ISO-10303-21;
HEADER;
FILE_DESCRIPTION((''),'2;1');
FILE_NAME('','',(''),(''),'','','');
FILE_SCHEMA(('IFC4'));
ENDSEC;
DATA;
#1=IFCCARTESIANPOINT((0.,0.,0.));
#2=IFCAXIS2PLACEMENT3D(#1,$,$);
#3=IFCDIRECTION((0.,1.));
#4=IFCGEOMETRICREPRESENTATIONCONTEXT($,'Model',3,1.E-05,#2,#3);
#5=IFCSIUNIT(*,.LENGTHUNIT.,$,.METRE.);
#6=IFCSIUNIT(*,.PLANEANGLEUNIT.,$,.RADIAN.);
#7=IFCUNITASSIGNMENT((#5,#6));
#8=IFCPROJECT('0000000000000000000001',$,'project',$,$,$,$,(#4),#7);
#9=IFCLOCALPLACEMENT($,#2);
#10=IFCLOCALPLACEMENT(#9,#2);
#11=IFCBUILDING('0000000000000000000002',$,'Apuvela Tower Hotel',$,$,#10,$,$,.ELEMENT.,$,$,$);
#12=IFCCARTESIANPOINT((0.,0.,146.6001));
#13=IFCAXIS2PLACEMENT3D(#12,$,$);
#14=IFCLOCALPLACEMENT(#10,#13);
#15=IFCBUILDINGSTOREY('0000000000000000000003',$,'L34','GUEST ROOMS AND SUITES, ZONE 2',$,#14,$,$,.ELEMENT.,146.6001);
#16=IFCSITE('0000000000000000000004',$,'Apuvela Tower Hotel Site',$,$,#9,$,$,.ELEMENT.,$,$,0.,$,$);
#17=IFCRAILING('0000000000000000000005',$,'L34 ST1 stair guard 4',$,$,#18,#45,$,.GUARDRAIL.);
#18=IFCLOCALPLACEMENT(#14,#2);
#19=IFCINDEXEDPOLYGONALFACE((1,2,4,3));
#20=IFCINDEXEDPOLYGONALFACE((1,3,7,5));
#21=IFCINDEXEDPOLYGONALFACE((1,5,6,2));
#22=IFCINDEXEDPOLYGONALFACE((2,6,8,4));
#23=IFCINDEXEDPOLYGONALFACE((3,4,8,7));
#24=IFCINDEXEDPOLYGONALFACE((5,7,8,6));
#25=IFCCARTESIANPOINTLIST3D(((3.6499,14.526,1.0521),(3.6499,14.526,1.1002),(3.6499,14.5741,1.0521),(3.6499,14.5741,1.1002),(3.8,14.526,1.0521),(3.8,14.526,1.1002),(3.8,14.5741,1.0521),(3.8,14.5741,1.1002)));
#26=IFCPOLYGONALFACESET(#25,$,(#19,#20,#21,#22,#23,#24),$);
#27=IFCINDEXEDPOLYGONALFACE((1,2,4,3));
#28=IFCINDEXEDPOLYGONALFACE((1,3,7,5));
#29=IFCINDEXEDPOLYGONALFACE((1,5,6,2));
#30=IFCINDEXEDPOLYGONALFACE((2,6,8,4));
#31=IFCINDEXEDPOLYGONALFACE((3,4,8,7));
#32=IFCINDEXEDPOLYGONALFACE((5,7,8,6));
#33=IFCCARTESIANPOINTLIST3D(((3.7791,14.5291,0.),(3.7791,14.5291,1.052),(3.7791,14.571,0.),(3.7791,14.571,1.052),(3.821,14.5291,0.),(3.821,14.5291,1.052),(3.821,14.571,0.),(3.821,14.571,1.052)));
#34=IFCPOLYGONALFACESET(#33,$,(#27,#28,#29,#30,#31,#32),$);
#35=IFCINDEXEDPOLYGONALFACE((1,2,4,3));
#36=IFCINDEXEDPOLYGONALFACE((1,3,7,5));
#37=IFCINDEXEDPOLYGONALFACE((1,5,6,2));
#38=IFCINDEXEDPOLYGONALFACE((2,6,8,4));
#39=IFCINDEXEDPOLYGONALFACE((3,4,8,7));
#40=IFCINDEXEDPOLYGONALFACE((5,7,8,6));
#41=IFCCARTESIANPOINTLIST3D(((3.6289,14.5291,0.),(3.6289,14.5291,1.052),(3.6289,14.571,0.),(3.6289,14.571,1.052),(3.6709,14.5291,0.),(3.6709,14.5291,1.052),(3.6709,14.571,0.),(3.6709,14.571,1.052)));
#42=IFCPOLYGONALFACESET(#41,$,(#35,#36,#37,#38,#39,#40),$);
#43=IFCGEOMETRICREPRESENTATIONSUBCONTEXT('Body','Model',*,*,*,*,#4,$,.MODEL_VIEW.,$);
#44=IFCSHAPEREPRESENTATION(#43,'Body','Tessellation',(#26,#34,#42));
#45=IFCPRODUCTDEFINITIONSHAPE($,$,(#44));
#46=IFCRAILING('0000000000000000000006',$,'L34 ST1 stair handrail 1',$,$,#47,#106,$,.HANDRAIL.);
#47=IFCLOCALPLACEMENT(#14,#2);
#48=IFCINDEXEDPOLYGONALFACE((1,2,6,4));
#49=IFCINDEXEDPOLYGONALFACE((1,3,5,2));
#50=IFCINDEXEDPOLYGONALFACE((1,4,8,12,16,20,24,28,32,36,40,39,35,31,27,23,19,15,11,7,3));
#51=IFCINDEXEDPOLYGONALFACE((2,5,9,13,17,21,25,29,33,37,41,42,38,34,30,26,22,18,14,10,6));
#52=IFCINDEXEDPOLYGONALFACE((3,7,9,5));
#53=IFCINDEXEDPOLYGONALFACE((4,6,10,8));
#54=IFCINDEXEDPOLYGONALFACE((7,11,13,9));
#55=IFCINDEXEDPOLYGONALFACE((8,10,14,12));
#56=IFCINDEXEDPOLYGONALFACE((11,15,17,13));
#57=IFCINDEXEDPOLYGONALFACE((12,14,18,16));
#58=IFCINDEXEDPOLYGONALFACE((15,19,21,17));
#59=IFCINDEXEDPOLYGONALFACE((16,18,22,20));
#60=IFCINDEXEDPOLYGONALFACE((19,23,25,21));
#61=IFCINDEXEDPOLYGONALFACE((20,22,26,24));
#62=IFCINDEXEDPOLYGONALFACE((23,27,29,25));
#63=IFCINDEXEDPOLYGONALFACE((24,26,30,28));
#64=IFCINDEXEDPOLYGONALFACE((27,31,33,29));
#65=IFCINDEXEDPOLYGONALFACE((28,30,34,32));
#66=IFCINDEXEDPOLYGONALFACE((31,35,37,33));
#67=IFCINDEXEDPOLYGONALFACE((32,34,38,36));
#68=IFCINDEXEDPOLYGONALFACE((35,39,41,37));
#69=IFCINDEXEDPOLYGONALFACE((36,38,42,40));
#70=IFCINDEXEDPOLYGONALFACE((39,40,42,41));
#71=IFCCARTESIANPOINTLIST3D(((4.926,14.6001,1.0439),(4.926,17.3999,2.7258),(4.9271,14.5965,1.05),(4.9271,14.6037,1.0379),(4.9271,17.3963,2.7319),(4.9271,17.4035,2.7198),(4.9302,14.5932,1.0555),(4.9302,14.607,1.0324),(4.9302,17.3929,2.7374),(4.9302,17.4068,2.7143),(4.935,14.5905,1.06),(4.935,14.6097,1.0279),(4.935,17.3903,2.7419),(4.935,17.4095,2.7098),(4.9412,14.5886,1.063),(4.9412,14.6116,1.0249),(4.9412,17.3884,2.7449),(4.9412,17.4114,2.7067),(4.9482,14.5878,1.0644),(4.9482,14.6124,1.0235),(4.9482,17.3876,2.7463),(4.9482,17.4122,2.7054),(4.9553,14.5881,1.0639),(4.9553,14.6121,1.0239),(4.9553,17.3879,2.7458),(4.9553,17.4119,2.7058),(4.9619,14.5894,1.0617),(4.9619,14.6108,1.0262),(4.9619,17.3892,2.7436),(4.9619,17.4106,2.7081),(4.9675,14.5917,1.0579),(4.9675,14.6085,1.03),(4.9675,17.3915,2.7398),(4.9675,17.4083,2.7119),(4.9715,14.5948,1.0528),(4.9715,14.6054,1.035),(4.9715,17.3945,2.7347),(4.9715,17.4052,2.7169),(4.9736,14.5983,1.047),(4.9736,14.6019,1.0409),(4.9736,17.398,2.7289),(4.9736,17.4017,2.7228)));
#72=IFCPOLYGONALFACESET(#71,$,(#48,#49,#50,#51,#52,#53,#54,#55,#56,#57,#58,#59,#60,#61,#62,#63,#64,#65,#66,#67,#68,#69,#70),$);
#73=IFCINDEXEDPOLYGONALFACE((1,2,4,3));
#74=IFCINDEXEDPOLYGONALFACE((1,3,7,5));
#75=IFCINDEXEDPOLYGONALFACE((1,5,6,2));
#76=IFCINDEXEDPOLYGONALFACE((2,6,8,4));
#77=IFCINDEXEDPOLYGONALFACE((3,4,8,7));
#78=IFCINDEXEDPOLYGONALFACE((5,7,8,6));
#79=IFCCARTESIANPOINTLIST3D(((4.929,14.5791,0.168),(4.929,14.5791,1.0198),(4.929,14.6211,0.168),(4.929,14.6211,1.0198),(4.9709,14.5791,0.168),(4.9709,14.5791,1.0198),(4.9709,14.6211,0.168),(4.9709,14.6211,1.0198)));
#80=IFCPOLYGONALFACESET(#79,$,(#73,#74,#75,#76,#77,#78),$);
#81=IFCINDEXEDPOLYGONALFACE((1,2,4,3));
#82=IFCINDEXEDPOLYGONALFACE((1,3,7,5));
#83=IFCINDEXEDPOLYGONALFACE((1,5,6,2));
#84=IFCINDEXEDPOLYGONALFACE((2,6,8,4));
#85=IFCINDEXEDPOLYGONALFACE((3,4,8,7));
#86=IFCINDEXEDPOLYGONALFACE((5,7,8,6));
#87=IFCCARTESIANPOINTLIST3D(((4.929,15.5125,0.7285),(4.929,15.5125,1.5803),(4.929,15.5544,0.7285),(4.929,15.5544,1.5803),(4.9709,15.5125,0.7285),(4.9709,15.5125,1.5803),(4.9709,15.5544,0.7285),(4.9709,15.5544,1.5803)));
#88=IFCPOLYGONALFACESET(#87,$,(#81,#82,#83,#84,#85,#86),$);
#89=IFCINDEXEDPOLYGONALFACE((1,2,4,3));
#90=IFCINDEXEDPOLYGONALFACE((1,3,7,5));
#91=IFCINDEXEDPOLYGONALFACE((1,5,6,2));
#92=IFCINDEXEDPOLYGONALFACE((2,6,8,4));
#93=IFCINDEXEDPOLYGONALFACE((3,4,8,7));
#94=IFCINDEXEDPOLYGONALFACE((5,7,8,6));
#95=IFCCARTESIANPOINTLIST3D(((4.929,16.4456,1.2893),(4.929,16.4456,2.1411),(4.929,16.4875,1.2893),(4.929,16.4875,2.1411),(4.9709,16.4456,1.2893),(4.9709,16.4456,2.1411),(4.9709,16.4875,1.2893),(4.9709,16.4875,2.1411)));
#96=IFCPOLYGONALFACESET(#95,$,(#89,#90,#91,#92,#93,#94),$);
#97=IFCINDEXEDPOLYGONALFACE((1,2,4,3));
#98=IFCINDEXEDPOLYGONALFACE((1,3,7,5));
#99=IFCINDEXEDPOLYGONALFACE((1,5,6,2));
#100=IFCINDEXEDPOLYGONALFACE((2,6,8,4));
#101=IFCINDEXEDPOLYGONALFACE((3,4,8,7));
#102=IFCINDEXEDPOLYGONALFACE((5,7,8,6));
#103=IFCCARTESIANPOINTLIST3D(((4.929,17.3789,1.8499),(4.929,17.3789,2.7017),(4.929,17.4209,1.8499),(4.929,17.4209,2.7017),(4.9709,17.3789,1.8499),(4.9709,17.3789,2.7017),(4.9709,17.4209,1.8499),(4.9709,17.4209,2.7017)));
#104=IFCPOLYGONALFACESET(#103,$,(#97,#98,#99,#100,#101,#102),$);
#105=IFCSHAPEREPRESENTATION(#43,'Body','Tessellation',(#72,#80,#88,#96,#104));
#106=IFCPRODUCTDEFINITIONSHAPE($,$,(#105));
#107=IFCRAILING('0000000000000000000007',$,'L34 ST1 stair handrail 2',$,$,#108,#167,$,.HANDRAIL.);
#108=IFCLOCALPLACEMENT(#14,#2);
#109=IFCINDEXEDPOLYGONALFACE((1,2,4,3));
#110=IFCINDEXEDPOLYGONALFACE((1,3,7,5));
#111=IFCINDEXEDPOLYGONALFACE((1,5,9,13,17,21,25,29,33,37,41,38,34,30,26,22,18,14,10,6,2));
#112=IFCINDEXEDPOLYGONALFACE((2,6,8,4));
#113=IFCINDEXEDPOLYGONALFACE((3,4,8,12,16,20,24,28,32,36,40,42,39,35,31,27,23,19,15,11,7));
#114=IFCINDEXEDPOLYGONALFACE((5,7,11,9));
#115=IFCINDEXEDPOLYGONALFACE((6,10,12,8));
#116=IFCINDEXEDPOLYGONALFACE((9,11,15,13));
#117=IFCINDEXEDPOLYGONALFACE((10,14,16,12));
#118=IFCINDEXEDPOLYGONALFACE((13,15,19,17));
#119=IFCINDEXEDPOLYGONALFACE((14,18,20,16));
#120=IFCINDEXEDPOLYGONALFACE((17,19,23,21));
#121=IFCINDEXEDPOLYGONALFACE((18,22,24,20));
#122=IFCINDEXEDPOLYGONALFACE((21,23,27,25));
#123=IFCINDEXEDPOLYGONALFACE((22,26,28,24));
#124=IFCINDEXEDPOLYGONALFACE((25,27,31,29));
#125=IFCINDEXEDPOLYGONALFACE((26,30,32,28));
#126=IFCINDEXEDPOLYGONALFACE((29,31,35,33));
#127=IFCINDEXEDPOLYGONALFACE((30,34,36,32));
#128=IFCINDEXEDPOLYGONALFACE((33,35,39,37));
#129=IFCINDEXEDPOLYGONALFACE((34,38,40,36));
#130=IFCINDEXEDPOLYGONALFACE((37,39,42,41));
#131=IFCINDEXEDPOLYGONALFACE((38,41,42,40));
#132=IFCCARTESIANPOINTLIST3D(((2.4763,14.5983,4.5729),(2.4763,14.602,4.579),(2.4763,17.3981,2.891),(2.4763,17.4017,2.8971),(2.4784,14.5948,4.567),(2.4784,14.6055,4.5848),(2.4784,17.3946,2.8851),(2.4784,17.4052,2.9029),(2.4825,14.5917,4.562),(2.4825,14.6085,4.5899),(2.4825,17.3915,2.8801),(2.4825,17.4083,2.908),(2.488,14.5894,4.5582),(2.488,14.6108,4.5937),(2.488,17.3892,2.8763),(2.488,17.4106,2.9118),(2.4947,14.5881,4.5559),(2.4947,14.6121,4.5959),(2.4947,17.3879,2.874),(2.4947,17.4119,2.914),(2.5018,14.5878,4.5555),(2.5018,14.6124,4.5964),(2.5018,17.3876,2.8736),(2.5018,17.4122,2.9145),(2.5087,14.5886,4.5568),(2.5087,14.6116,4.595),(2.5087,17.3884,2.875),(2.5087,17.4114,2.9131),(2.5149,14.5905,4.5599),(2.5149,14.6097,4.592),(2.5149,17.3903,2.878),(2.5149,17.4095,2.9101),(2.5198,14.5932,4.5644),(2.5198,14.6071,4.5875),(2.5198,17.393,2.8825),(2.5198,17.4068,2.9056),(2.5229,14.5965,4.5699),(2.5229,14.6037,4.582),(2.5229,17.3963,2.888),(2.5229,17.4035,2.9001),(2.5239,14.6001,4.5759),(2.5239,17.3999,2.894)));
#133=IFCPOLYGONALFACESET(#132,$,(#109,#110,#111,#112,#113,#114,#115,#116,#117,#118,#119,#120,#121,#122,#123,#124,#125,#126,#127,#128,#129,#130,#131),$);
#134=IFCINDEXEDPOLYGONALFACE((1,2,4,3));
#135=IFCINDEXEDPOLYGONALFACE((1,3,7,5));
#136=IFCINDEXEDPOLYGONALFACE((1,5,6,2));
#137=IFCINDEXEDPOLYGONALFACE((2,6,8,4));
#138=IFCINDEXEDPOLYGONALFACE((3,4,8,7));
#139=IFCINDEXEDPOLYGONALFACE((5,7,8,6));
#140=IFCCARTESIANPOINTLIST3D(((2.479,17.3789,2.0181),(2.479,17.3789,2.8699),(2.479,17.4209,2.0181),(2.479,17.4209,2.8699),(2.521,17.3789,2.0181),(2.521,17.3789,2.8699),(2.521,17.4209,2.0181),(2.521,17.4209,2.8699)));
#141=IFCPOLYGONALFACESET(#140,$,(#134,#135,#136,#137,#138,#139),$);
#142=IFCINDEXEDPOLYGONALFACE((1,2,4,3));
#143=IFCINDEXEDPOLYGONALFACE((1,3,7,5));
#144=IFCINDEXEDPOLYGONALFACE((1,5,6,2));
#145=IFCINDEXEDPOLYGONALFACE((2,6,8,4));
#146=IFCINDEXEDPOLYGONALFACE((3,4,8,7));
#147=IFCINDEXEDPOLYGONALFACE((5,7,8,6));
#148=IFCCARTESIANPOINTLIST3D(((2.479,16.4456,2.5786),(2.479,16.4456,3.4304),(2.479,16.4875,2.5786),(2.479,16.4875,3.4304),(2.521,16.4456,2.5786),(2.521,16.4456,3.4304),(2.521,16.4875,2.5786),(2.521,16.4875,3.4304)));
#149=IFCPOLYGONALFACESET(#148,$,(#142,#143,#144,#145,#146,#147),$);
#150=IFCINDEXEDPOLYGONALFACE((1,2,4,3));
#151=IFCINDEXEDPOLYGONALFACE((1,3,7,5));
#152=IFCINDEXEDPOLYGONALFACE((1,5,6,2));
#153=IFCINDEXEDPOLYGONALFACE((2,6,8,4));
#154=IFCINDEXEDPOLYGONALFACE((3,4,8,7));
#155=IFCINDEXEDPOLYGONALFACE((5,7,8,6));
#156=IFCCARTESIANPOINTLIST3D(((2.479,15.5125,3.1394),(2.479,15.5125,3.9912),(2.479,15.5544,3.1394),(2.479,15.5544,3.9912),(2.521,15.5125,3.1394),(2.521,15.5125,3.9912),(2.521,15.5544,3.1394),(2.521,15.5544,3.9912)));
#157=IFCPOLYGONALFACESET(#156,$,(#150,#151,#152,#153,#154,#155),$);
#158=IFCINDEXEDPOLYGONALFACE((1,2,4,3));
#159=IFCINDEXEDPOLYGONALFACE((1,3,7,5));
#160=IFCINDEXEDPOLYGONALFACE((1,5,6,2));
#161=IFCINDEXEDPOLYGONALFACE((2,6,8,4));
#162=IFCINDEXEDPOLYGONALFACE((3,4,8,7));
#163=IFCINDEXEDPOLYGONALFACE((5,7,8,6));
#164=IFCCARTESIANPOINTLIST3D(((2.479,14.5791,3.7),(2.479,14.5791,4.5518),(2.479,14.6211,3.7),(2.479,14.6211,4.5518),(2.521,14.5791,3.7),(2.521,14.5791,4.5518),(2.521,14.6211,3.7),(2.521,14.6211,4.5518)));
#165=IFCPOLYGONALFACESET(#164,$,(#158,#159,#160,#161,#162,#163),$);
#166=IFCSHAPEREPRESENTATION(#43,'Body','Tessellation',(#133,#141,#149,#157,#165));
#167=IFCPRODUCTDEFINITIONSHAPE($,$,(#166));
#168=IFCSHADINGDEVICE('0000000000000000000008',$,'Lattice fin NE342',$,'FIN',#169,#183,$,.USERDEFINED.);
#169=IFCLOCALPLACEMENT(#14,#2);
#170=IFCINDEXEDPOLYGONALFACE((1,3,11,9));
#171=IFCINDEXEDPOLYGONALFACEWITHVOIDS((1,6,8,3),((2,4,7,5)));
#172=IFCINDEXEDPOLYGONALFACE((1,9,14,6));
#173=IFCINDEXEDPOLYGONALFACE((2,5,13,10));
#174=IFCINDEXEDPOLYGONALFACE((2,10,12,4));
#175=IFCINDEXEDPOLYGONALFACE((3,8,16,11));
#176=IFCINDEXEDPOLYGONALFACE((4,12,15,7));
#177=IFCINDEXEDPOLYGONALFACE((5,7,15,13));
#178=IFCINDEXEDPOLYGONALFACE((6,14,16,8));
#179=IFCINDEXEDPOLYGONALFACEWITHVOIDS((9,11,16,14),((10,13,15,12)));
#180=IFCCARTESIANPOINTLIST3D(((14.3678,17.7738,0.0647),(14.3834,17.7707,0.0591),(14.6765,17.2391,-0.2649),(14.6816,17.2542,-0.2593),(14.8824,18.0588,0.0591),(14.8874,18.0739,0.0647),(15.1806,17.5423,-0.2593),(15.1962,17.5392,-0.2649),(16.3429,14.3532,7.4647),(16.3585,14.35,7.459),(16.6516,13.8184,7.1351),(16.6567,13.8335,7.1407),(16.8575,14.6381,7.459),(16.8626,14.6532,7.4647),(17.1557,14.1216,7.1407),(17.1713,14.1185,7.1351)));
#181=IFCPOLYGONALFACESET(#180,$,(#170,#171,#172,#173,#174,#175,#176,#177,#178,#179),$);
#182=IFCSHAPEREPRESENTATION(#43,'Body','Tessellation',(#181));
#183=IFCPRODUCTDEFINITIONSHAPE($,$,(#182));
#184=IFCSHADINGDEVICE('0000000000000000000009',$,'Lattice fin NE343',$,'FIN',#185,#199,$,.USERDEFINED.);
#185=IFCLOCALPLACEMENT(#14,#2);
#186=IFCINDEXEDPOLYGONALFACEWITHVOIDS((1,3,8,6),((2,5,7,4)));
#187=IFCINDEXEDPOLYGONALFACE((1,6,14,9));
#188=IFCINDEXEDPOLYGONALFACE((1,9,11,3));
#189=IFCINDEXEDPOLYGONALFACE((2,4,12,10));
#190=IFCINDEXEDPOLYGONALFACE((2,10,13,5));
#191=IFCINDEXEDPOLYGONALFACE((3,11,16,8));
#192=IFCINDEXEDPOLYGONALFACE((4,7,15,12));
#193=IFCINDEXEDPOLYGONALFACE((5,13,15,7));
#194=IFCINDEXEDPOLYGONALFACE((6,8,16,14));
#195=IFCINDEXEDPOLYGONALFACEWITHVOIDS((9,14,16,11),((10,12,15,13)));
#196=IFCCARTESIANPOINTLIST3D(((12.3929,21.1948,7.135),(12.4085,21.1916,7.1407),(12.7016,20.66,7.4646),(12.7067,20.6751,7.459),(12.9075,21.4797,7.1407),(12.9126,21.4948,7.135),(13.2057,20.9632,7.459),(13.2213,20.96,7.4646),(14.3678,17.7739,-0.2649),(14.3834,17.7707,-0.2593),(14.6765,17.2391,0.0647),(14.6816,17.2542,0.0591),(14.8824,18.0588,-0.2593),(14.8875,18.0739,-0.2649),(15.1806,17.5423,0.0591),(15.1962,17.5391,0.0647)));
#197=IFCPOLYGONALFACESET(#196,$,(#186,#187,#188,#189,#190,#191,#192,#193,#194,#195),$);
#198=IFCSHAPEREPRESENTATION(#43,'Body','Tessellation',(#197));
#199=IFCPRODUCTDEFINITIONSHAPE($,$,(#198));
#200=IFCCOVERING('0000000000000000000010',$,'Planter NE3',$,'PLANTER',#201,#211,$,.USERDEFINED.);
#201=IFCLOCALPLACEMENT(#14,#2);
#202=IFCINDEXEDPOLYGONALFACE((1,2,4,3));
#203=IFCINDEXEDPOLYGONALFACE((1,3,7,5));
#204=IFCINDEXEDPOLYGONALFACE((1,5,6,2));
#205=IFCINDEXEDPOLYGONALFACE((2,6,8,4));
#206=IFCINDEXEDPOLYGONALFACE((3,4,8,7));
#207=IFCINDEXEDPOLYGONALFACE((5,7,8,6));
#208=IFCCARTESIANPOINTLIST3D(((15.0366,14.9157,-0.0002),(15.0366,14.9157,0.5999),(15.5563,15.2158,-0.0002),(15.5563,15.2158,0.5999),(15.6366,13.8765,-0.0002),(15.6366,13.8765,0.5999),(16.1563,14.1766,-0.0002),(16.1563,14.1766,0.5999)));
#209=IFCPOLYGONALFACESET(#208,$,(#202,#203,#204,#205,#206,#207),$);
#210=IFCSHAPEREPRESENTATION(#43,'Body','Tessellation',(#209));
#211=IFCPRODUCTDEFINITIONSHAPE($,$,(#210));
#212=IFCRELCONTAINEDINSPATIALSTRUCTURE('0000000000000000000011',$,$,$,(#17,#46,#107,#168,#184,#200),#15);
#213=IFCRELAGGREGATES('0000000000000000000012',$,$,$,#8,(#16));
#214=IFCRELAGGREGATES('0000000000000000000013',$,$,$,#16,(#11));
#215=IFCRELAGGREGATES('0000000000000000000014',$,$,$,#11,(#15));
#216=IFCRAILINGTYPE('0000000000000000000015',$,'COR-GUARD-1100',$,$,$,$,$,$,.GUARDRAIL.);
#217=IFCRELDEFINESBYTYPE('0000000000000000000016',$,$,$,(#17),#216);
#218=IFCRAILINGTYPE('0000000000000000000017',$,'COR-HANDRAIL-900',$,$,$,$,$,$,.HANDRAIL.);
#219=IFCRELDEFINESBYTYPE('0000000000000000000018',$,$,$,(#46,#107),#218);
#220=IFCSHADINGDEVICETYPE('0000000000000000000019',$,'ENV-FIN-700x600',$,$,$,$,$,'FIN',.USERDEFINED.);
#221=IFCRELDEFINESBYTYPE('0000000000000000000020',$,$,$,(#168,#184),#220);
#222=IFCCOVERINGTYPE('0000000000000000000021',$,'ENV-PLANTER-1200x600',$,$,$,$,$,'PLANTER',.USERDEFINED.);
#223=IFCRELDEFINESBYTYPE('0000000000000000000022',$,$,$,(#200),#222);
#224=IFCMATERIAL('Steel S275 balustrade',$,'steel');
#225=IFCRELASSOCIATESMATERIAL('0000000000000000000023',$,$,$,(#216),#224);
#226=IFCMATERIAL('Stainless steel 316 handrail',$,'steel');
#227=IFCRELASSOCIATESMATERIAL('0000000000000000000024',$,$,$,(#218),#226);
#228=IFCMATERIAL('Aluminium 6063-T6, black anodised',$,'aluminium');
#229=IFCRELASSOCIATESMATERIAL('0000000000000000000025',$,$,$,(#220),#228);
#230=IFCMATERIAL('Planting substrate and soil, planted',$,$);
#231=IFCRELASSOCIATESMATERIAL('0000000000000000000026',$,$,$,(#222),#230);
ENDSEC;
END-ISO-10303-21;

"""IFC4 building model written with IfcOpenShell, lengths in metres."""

from ifc_helpers import new_model, si_unit, direction, frame, origin, origin_2d, place, context, subcontext, project, spatial, rectangle, hollow_rectangle, circle, extrude, material, material_profile, profile_set, type_object, element, save


model = new_model("IFC4")

# Units and contexts
model_context = context("Model", 3, precision=1e-05, world=origin(), true_north=direction((0.0, 1.0)))
body_context = subcontext(model_context, "Body", "Model", "MODEL_VIEW")
ifc_project = project(units=[si_unit("LENGTHUNIT", "METRE"), si_unit("PLANEANGLEUNIT", "RADIAN")], contexts=[model_context])

# Site, building, storey
site_placement = place(None, origin())
site = spatial("IfcSite", under=ifc_project, at=site_placement, Name="Apuvela Tower Hotel Site", CompositionType="ELEMENT", RefElevation=0.0)
building_placement = place(site_placement, origin())
building = spatial("IfcBuilding", under=site, at=building_placement, Name="Apuvela Tower Hotel", CompositionType="ELEMENT")
storey_placement = place(building_placement, frame((0.0, 0.0, 146.6001)))
storey = spatial("IfcBuildingStorey", under=building, at=storey_placement, Name="L34", Description="GUEST ROOMS AND SUITES, ZONE 2", CompositionType="ELEMENT", Elevation=146.6001)

# Railings
ifc_material_1 = material(Name="Steel S275 balustrade", Category="steel")
railing_type_1 = type_object("IfcRailingType", Name="COR-GUARD-1100", PredefinedType="GUARDRAIL", material=ifc_material_1)
railing_1_placement = place(storey_placement, frame((3.8, 14.55, 0.0)))
element("IfcRailing", 1, at=railing_1_placement, inside=storey, type_object=railing_type_1, Name="L34 ST1 stair guard 4", PredefinedType="GUARDRAIL", context=body_context, shape_type="SweptSolid", body=[
    extrude(rectangle(XDim=0.0481, YDim=0.0481, at=origin_2d()), frame((0.0, 0.0, 1.0762), z_axis=(-1.0, 0.0, 0.0), x_axis=(0.0, -1.0, 0.0)), (0.0, 0.0, 1.0), 0.1501),
    extrude(rectangle(XDim=0.042, YDim=0.042, at=origin_2d()), origin(), (0.0, 0.0, 1.0), 1.052),
    extrude(rectangle(XDim=0.042, YDim=0.042, at=origin_2d()), frame((-0.1501, 0.0, 0.0)), (0.0, 0.0, 1.0), 1.052),
])
ifc_material_2 = material(Name="Stainless steel 316 handrail", Category="steel")
railing_type_2 = type_object("IfcRailingType", Name="COR-HANDRAIL-900", PredefinedType="HANDRAIL", material=ifc_material_2)
railing_2_placement = place(storey_placement, frame((4.95, 14.6001, 0.168)))
element("IfcRailing", 2, at=railing_2_placement, inside=storey, type_object=railing_type_2, Name="L34 ST1 stair handrail 1", PredefinedType="HANDRAIL", context=body_context, shape_type="SweptSolid", body=[
    extrude(circle(Radius=0.0239, at=origin_2d()), frame((0.0, 0.0, 0.876), z_axis=(0.0, 0.857222, 0.514946), x_axis=(-1.0, 0.0, 0.0)), (0.0, 0.0, 1.0), 3.2661),
    extrude(rectangle(XDim=0.042, YDim=0.042, at=origin_2d()), origin(), (0.0, 0.0, 1.0), 0.8518),
    extrude(rectangle(XDim=0.042, YDim=0.042, at=origin_2d()), frame((0.0, 0.9333, 0.5605)), (0.0, 0.0, 1.0), 0.8518),
    extrude(rectangle(XDim=0.042, YDim=0.042, at=origin_2d()), frame((0.0, 1.8665, 1.1213)), (0.0, 0.0, 1.0), 0.8518),
    extrude(rectangle(XDim=0.042, YDim=0.042, at=origin_2d()), frame((0.0, 2.7998, 1.6819)), (0.0, 0.0, 1.0), 0.8518),
])
railing_3_placement = place(storey_placement, frame((2.5, 17.3999, 2.0181)))
element("IfcRailing", 3, at=railing_3_placement, inside=storey, type_object=railing_type_2, Name="L34 ST1 stair handrail 2", PredefinedType="HANDRAIL", context=body_context, shape_type="SweptSolid", body=[
    extrude(circle(Radius=0.0239, at=origin_2d()), frame((0.0, 0.0, 0.876), z_axis=(0.0, -0.857222, 0.514946), x_axis=(1.0, 0.0, 0.0)), (0.0, 0.0, 1.0), 3.2661),
    extrude(rectangle(XDim=0.042, YDim=0.042, at=origin_2d()), origin(), (0.0, 0.0, 1.0), 0.8518),
    extrude(rectangle(XDim=0.042, YDim=0.042, at=origin_2d()), frame((0.0, -0.9333, 0.5605)), (0.0, 0.0, 1.0), 0.8518),
    extrude(rectangle(XDim=0.042, YDim=0.042, at=origin_2d()), frame((0.0, -1.8665, 1.1213)), (0.0, 0.0, 1.0), 0.8518),
    extrude(rectangle(XDim=0.042, YDim=0.042, at=origin_2d()), frame((0.0, -2.7998, 1.6819)), (0.0, 0.0, 1.0), 0.8518),
])

# Shading devices
ifc_material_3 = material(Name="Aluminium 6063-T6, black anodised", Category="aluminium")
ifc_material_profile_1 = material_profile(ifc_material_3, hollow_rectangle(XDim=0.6001, YDim=0.7, WallThickness=0.012, at=origin_2d()), Name="AL BOX 700x600x12")
ifc_profile_set_1 = profile_set([ifc_material_profile_1], Name="Aluminium 6063-T6, black anodised")
shading_device_type = type_object("IfcShadingDeviceType", Name="ENV-FIN-700x600", ElementType="FIN", PredefinedType="USERDEFINED", material=ifc_profile_set_1)
for number, where, z_axis, x_axis, name in (
    (4, (14.782, 17.6565, -0.1001), (0.235464, -0.407798, 0.882189), (0.866005, 0.500035, 0.0), "Lattice fin NE342"),
    (5, (14.782, 17.6565, -0.1001), (-0.235434, 0.407825, 0.882185), (-0.866048, -0.499961, 0.0), "Lattice fin NE343"),
):
    element("IfcShadingDevice", number, at=place(storey_placement, frame(where, z_axis=z_axis, x_axis=x_axis)), inside=storey, type_object=shading_device_type, Name=name, ObjectType="FIN", PredefinedType="USERDEFINED", context=body_context, shape_type="SweptSolid", body=[
        extrude(hollow_rectangle(XDim=0.6001, YDim=0.7, WallThickness=0.012, at=origin_2d()), origin(), (0.0, 0.0, 1.0), 8.3882),
    ])

# Covering
ifc_material_4 = material(Name="Planting substrate and soil, planted")
covering_type = type_object("IfcCoveringType", Name="ENV-PLANTER-1200x600", ElementType="PLANTER", PredefinedType="USERDEFINED", material=ifc_material_4)
covering_placement = place(storey_placement, frame((15.5964, 14.5461, -0.0002), z_axis=(0.0, 0.0, 1.0), x_axis=(-0.5, 0.866025, 0.0)))
element("IfcCovering", 6, at=covering_placement, inside=storey, type_object=covering_type, Name="Planter NE3", ObjectType="PLANTER", PredefinedType="USERDEFINED", context=body_context, shape_type="SweptSolid", body=[
    extrude(rectangle(XDim=1.2, YDim=0.6001, at=origin_2d()), origin(), (0.0, 0.0, 1.0), 0.6001),
])

save(model, "model.ifc")
